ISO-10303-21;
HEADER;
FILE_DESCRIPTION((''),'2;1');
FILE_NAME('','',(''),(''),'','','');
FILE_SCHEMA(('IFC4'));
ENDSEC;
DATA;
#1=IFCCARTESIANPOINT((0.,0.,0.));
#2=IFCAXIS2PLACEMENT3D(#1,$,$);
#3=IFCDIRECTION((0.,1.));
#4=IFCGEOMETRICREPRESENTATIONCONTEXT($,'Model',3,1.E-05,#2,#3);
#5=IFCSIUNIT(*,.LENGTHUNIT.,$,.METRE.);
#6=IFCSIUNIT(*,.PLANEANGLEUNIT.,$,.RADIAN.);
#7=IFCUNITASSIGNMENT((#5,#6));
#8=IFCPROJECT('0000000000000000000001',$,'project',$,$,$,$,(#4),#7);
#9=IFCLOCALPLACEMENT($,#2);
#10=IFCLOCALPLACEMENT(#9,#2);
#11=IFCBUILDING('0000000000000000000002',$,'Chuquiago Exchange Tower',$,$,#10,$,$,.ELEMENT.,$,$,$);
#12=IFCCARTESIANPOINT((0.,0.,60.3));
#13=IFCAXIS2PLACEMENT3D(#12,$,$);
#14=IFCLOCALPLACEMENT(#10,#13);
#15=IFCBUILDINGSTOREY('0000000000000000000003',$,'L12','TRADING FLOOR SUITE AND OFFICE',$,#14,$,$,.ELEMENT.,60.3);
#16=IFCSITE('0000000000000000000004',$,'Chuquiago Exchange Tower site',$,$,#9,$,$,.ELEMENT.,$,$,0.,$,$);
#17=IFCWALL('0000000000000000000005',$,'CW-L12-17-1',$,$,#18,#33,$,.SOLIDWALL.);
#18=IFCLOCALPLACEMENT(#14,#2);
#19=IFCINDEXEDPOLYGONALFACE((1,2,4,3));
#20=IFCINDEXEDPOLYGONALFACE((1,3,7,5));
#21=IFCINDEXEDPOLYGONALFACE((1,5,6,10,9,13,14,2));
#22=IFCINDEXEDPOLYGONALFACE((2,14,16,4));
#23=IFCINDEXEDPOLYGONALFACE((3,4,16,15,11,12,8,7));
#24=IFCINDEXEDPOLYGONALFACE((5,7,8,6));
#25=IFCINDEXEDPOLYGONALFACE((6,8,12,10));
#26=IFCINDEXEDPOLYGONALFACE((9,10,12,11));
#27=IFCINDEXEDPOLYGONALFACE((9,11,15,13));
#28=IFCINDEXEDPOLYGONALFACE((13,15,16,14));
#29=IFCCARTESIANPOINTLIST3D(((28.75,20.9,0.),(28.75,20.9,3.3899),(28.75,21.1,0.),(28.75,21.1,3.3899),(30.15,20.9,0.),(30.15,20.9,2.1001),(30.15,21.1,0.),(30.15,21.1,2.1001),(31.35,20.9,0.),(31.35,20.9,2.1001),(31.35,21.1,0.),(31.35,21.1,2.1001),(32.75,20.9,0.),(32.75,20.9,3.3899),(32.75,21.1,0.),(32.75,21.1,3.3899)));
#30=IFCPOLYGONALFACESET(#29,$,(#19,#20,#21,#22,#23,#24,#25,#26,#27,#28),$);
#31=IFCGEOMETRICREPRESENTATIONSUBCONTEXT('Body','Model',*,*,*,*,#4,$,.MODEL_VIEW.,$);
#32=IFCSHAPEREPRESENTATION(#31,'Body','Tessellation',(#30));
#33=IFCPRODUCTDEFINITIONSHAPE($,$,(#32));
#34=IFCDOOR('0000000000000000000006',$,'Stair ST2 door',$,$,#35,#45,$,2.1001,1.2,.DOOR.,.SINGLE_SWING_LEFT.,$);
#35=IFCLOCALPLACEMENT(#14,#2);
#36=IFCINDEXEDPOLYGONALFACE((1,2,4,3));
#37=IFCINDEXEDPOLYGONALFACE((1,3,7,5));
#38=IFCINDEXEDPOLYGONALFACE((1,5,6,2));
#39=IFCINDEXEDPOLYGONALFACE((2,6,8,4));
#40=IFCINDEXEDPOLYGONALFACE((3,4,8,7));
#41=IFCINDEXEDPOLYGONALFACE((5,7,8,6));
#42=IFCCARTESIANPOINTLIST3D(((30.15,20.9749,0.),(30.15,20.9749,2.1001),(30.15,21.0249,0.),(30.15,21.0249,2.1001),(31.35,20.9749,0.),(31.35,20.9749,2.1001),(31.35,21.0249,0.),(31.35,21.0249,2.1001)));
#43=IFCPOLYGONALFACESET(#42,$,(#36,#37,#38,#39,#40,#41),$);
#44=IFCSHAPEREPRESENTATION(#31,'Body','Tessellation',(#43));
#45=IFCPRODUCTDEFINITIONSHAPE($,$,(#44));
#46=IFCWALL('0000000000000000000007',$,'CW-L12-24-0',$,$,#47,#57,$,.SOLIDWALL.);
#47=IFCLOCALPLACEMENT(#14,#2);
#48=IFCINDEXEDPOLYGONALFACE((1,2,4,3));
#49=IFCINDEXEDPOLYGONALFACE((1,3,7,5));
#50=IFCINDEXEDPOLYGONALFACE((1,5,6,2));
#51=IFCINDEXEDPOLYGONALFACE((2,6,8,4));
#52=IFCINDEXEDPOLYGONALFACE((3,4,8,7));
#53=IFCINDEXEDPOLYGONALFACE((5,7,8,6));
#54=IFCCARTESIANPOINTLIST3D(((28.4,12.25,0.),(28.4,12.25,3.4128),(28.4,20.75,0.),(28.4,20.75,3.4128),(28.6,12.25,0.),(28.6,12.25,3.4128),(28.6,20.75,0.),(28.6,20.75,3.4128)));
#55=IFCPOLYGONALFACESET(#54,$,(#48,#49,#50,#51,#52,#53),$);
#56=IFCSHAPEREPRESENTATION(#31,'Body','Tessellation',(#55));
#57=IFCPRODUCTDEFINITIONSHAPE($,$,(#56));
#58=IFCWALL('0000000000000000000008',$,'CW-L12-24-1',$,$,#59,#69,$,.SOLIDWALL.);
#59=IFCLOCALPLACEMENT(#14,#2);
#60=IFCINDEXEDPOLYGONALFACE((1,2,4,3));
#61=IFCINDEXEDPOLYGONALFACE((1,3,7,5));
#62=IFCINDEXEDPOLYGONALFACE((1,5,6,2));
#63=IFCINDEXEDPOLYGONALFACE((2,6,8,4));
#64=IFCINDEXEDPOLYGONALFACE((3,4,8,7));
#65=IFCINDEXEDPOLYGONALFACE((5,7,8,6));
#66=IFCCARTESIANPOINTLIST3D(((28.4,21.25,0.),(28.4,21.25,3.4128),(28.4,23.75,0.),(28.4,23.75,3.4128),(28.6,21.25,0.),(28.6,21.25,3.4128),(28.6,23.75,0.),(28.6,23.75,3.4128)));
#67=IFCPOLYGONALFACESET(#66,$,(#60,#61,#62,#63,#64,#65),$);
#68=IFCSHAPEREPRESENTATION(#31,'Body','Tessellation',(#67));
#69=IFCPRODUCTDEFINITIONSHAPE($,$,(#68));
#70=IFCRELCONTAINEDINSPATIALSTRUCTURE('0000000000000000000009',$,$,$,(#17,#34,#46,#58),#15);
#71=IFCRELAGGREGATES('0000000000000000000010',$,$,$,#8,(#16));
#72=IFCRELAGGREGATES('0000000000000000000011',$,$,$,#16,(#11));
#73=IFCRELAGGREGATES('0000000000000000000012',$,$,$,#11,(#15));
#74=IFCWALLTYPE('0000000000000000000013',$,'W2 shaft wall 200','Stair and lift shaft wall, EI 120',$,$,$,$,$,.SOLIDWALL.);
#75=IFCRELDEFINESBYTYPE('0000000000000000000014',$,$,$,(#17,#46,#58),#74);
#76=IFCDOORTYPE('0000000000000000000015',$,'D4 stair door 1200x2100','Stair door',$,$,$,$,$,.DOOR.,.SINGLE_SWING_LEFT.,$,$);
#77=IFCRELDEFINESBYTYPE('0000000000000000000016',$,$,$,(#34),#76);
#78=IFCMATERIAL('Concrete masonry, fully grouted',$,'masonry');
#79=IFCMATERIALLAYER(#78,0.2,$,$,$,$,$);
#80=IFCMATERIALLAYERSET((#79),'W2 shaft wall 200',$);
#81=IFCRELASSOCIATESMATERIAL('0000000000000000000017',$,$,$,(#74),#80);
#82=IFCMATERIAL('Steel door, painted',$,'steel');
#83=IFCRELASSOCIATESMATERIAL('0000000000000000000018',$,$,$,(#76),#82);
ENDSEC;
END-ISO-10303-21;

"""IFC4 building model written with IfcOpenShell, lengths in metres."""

from ifc_helpers import new_model, si_unit, direction, frame, frame_2d, origin, place, context, subcontext, project, spatial, rectangle, extrude, material, layer, layer_set, type_object, element, fill, save


model = new_model("IFC4")

# Units and contexts
model_context = context("Model", 3, precision=1e-05, world=origin(), true_north=direction((0.0, 1.0)))
body_context = subcontext(model_context, "Body", "Model", "MODEL_VIEW")
ifc_project = project(units=[si_unit("LENGTHUNIT", "METRE"), si_unit("PLANEANGLEUNIT", "RADIAN")], contexts=[model_context])

# Site, building, storey
site_placement = place(None, origin())
site = spatial("IfcSite", under=ifc_project, at=site_placement, Name="Chuquiago Exchange Tower site", CompositionType="ELEMENT", RefElevation=0.0)
building_placement = place(site_placement, origin())
building = spatial("IfcBuilding", under=site, at=building_placement, Name="Chuquiago Exchange Tower", CompositionType="ELEMENT")
storey_placement = place(building_placement, frame((0.0, 0.0, 60.3)))
storey = spatial("IfcBuildingStorey", under=building, at=storey_placement, Name="L12", Description="TRADING FLOOR SUITE AND OFFICE", CompositionType="ELEMENT", Elevation=60.3)

# Wall, opening, door
ifc_material_1 = material(Name="Concrete masonry, fully grouted", Category="masonry")
ifc_layer_1 = layer(ifc_material_1, 0.2)
ifc_layer_set_1 = layer_set([ifc_layer_1], Name="W2 shaft wall 200")
wall_type_1 = type_object("IfcWallType", Name="W2 shaft wall 200", Description="Stair and lift shaft wall, EI 120", PredefinedType="SOLIDWALL", material=ifc_layer_set_1)
wall_1_placement = place(storey_placement, frame((28.75, 21.0, 0.0), z_axis=(0.0, 0.0, 1.0), x_axis=(1.0, 0.0, 0.0)))
wall_1 = element("IfcWall", 1, at=wall_1_placement, inside=storey, type_object=wall_type_1, Name="CW-L12-17-1", PredefinedType="SOLIDWALL", context=body_context, shape_type="SweptSolid", body=[
    extrude(rectangle(XDim=4.0, YDim=0.2, at=frame_2d((2.0, 0.0))), origin(), (0.0, 0.0, 1.0), 3.3899),
])
opening_1_placement = place(wall_1_placement, frame((1.3999, 0.0, 0.0)))
opening_1 = element("IfcOpeningElement", 2, at=opening_1_placement, cuts=wall_1, PredefinedType="OPENING", context=body_context, shape_type="SweptSolid", body=[
    extrude(rectangle(XDim=1.2, YDim=2.1001, at=frame_2d((0.6001, 1.05))), frame((0.0, 0.1099, 0.0), z_axis=(0.0, -1.0, 0.0), x_axis=(1.0, 0.0, 0.0)), (0.0, 0.0, 1.0), 0.22),
])
ifc_material_2 = material(Name="Steel door, painted", Category="steel")
door_type_1 = type_object("IfcDoorType", Name="D4 stair door 1200x2100", Description="Stair door", OperationType="SINGLE_SWING_LEFT", PredefinedType="DOOR", material=ifc_material_2)
door_1_placement = place(opening_1_placement, origin())
door_1 = element("IfcDoor", 3, at=door_1_placement, inside=storey, type_object=door_type_1, Name="Stair ST2 door", OperationType="SINGLE_SWING_LEFT", OverallHeight=2.1001, OverallWidth=1.2, PredefinedType="DOOR", context=body_context, shape_type="SweptSolid", body=[
    extrude(rectangle(XDim=1.2, YDim=2.1001, at=frame_2d((0.6001, 1.05))), frame((0.0, 0.0249, 0.0), z_axis=(0.0, -1.0, 0.0), x_axis=(1.0, 0.0, 0.0)), (0.0, 0.0, 1.0), 0.05),
])
fill(opening_1, door_1)

# Walls
wall_2_placement = place(storey_placement, frame((28.5, 12.25, 0.0), z_axis=(0.0, 0.0, 1.0), x_axis=(0.0, 1.0, 0.0)))
element("IfcWall", 4, at=wall_2_placement, inside=storey, type_object=wall_type_1, Name="CW-L12-24-0", PredefinedType="SOLIDWALL", context=body_context, shape_type="SweptSolid", body=[
    extrude(rectangle(XDim=8.5, YDim=0.2, at=frame_2d((4.25, 0.0))), origin(), (0.0, 0.0, 1.0), 3.4128),
])
wall_3_placement = place(storey_placement, frame((28.5, 21.25, 0.0), z_axis=(0.0, 0.0, 1.0), x_axis=(0.0, 1.0, 0.0)))
element("IfcWall", 5, at=wall_3_placement, inside=storey, type_object=wall_type_1, Name="CW-L12-24-1", PredefinedType="SOLIDWALL", context=body_context, shape_type="SweptSolid", body=[
    extrude(rectangle(XDim=2.5, YDim=0.2, at=frame_2d((1.25, 0.0))), origin(), (0.0, 0.0, 1.0), 3.4128),
])

save(model, "model.ifc")
